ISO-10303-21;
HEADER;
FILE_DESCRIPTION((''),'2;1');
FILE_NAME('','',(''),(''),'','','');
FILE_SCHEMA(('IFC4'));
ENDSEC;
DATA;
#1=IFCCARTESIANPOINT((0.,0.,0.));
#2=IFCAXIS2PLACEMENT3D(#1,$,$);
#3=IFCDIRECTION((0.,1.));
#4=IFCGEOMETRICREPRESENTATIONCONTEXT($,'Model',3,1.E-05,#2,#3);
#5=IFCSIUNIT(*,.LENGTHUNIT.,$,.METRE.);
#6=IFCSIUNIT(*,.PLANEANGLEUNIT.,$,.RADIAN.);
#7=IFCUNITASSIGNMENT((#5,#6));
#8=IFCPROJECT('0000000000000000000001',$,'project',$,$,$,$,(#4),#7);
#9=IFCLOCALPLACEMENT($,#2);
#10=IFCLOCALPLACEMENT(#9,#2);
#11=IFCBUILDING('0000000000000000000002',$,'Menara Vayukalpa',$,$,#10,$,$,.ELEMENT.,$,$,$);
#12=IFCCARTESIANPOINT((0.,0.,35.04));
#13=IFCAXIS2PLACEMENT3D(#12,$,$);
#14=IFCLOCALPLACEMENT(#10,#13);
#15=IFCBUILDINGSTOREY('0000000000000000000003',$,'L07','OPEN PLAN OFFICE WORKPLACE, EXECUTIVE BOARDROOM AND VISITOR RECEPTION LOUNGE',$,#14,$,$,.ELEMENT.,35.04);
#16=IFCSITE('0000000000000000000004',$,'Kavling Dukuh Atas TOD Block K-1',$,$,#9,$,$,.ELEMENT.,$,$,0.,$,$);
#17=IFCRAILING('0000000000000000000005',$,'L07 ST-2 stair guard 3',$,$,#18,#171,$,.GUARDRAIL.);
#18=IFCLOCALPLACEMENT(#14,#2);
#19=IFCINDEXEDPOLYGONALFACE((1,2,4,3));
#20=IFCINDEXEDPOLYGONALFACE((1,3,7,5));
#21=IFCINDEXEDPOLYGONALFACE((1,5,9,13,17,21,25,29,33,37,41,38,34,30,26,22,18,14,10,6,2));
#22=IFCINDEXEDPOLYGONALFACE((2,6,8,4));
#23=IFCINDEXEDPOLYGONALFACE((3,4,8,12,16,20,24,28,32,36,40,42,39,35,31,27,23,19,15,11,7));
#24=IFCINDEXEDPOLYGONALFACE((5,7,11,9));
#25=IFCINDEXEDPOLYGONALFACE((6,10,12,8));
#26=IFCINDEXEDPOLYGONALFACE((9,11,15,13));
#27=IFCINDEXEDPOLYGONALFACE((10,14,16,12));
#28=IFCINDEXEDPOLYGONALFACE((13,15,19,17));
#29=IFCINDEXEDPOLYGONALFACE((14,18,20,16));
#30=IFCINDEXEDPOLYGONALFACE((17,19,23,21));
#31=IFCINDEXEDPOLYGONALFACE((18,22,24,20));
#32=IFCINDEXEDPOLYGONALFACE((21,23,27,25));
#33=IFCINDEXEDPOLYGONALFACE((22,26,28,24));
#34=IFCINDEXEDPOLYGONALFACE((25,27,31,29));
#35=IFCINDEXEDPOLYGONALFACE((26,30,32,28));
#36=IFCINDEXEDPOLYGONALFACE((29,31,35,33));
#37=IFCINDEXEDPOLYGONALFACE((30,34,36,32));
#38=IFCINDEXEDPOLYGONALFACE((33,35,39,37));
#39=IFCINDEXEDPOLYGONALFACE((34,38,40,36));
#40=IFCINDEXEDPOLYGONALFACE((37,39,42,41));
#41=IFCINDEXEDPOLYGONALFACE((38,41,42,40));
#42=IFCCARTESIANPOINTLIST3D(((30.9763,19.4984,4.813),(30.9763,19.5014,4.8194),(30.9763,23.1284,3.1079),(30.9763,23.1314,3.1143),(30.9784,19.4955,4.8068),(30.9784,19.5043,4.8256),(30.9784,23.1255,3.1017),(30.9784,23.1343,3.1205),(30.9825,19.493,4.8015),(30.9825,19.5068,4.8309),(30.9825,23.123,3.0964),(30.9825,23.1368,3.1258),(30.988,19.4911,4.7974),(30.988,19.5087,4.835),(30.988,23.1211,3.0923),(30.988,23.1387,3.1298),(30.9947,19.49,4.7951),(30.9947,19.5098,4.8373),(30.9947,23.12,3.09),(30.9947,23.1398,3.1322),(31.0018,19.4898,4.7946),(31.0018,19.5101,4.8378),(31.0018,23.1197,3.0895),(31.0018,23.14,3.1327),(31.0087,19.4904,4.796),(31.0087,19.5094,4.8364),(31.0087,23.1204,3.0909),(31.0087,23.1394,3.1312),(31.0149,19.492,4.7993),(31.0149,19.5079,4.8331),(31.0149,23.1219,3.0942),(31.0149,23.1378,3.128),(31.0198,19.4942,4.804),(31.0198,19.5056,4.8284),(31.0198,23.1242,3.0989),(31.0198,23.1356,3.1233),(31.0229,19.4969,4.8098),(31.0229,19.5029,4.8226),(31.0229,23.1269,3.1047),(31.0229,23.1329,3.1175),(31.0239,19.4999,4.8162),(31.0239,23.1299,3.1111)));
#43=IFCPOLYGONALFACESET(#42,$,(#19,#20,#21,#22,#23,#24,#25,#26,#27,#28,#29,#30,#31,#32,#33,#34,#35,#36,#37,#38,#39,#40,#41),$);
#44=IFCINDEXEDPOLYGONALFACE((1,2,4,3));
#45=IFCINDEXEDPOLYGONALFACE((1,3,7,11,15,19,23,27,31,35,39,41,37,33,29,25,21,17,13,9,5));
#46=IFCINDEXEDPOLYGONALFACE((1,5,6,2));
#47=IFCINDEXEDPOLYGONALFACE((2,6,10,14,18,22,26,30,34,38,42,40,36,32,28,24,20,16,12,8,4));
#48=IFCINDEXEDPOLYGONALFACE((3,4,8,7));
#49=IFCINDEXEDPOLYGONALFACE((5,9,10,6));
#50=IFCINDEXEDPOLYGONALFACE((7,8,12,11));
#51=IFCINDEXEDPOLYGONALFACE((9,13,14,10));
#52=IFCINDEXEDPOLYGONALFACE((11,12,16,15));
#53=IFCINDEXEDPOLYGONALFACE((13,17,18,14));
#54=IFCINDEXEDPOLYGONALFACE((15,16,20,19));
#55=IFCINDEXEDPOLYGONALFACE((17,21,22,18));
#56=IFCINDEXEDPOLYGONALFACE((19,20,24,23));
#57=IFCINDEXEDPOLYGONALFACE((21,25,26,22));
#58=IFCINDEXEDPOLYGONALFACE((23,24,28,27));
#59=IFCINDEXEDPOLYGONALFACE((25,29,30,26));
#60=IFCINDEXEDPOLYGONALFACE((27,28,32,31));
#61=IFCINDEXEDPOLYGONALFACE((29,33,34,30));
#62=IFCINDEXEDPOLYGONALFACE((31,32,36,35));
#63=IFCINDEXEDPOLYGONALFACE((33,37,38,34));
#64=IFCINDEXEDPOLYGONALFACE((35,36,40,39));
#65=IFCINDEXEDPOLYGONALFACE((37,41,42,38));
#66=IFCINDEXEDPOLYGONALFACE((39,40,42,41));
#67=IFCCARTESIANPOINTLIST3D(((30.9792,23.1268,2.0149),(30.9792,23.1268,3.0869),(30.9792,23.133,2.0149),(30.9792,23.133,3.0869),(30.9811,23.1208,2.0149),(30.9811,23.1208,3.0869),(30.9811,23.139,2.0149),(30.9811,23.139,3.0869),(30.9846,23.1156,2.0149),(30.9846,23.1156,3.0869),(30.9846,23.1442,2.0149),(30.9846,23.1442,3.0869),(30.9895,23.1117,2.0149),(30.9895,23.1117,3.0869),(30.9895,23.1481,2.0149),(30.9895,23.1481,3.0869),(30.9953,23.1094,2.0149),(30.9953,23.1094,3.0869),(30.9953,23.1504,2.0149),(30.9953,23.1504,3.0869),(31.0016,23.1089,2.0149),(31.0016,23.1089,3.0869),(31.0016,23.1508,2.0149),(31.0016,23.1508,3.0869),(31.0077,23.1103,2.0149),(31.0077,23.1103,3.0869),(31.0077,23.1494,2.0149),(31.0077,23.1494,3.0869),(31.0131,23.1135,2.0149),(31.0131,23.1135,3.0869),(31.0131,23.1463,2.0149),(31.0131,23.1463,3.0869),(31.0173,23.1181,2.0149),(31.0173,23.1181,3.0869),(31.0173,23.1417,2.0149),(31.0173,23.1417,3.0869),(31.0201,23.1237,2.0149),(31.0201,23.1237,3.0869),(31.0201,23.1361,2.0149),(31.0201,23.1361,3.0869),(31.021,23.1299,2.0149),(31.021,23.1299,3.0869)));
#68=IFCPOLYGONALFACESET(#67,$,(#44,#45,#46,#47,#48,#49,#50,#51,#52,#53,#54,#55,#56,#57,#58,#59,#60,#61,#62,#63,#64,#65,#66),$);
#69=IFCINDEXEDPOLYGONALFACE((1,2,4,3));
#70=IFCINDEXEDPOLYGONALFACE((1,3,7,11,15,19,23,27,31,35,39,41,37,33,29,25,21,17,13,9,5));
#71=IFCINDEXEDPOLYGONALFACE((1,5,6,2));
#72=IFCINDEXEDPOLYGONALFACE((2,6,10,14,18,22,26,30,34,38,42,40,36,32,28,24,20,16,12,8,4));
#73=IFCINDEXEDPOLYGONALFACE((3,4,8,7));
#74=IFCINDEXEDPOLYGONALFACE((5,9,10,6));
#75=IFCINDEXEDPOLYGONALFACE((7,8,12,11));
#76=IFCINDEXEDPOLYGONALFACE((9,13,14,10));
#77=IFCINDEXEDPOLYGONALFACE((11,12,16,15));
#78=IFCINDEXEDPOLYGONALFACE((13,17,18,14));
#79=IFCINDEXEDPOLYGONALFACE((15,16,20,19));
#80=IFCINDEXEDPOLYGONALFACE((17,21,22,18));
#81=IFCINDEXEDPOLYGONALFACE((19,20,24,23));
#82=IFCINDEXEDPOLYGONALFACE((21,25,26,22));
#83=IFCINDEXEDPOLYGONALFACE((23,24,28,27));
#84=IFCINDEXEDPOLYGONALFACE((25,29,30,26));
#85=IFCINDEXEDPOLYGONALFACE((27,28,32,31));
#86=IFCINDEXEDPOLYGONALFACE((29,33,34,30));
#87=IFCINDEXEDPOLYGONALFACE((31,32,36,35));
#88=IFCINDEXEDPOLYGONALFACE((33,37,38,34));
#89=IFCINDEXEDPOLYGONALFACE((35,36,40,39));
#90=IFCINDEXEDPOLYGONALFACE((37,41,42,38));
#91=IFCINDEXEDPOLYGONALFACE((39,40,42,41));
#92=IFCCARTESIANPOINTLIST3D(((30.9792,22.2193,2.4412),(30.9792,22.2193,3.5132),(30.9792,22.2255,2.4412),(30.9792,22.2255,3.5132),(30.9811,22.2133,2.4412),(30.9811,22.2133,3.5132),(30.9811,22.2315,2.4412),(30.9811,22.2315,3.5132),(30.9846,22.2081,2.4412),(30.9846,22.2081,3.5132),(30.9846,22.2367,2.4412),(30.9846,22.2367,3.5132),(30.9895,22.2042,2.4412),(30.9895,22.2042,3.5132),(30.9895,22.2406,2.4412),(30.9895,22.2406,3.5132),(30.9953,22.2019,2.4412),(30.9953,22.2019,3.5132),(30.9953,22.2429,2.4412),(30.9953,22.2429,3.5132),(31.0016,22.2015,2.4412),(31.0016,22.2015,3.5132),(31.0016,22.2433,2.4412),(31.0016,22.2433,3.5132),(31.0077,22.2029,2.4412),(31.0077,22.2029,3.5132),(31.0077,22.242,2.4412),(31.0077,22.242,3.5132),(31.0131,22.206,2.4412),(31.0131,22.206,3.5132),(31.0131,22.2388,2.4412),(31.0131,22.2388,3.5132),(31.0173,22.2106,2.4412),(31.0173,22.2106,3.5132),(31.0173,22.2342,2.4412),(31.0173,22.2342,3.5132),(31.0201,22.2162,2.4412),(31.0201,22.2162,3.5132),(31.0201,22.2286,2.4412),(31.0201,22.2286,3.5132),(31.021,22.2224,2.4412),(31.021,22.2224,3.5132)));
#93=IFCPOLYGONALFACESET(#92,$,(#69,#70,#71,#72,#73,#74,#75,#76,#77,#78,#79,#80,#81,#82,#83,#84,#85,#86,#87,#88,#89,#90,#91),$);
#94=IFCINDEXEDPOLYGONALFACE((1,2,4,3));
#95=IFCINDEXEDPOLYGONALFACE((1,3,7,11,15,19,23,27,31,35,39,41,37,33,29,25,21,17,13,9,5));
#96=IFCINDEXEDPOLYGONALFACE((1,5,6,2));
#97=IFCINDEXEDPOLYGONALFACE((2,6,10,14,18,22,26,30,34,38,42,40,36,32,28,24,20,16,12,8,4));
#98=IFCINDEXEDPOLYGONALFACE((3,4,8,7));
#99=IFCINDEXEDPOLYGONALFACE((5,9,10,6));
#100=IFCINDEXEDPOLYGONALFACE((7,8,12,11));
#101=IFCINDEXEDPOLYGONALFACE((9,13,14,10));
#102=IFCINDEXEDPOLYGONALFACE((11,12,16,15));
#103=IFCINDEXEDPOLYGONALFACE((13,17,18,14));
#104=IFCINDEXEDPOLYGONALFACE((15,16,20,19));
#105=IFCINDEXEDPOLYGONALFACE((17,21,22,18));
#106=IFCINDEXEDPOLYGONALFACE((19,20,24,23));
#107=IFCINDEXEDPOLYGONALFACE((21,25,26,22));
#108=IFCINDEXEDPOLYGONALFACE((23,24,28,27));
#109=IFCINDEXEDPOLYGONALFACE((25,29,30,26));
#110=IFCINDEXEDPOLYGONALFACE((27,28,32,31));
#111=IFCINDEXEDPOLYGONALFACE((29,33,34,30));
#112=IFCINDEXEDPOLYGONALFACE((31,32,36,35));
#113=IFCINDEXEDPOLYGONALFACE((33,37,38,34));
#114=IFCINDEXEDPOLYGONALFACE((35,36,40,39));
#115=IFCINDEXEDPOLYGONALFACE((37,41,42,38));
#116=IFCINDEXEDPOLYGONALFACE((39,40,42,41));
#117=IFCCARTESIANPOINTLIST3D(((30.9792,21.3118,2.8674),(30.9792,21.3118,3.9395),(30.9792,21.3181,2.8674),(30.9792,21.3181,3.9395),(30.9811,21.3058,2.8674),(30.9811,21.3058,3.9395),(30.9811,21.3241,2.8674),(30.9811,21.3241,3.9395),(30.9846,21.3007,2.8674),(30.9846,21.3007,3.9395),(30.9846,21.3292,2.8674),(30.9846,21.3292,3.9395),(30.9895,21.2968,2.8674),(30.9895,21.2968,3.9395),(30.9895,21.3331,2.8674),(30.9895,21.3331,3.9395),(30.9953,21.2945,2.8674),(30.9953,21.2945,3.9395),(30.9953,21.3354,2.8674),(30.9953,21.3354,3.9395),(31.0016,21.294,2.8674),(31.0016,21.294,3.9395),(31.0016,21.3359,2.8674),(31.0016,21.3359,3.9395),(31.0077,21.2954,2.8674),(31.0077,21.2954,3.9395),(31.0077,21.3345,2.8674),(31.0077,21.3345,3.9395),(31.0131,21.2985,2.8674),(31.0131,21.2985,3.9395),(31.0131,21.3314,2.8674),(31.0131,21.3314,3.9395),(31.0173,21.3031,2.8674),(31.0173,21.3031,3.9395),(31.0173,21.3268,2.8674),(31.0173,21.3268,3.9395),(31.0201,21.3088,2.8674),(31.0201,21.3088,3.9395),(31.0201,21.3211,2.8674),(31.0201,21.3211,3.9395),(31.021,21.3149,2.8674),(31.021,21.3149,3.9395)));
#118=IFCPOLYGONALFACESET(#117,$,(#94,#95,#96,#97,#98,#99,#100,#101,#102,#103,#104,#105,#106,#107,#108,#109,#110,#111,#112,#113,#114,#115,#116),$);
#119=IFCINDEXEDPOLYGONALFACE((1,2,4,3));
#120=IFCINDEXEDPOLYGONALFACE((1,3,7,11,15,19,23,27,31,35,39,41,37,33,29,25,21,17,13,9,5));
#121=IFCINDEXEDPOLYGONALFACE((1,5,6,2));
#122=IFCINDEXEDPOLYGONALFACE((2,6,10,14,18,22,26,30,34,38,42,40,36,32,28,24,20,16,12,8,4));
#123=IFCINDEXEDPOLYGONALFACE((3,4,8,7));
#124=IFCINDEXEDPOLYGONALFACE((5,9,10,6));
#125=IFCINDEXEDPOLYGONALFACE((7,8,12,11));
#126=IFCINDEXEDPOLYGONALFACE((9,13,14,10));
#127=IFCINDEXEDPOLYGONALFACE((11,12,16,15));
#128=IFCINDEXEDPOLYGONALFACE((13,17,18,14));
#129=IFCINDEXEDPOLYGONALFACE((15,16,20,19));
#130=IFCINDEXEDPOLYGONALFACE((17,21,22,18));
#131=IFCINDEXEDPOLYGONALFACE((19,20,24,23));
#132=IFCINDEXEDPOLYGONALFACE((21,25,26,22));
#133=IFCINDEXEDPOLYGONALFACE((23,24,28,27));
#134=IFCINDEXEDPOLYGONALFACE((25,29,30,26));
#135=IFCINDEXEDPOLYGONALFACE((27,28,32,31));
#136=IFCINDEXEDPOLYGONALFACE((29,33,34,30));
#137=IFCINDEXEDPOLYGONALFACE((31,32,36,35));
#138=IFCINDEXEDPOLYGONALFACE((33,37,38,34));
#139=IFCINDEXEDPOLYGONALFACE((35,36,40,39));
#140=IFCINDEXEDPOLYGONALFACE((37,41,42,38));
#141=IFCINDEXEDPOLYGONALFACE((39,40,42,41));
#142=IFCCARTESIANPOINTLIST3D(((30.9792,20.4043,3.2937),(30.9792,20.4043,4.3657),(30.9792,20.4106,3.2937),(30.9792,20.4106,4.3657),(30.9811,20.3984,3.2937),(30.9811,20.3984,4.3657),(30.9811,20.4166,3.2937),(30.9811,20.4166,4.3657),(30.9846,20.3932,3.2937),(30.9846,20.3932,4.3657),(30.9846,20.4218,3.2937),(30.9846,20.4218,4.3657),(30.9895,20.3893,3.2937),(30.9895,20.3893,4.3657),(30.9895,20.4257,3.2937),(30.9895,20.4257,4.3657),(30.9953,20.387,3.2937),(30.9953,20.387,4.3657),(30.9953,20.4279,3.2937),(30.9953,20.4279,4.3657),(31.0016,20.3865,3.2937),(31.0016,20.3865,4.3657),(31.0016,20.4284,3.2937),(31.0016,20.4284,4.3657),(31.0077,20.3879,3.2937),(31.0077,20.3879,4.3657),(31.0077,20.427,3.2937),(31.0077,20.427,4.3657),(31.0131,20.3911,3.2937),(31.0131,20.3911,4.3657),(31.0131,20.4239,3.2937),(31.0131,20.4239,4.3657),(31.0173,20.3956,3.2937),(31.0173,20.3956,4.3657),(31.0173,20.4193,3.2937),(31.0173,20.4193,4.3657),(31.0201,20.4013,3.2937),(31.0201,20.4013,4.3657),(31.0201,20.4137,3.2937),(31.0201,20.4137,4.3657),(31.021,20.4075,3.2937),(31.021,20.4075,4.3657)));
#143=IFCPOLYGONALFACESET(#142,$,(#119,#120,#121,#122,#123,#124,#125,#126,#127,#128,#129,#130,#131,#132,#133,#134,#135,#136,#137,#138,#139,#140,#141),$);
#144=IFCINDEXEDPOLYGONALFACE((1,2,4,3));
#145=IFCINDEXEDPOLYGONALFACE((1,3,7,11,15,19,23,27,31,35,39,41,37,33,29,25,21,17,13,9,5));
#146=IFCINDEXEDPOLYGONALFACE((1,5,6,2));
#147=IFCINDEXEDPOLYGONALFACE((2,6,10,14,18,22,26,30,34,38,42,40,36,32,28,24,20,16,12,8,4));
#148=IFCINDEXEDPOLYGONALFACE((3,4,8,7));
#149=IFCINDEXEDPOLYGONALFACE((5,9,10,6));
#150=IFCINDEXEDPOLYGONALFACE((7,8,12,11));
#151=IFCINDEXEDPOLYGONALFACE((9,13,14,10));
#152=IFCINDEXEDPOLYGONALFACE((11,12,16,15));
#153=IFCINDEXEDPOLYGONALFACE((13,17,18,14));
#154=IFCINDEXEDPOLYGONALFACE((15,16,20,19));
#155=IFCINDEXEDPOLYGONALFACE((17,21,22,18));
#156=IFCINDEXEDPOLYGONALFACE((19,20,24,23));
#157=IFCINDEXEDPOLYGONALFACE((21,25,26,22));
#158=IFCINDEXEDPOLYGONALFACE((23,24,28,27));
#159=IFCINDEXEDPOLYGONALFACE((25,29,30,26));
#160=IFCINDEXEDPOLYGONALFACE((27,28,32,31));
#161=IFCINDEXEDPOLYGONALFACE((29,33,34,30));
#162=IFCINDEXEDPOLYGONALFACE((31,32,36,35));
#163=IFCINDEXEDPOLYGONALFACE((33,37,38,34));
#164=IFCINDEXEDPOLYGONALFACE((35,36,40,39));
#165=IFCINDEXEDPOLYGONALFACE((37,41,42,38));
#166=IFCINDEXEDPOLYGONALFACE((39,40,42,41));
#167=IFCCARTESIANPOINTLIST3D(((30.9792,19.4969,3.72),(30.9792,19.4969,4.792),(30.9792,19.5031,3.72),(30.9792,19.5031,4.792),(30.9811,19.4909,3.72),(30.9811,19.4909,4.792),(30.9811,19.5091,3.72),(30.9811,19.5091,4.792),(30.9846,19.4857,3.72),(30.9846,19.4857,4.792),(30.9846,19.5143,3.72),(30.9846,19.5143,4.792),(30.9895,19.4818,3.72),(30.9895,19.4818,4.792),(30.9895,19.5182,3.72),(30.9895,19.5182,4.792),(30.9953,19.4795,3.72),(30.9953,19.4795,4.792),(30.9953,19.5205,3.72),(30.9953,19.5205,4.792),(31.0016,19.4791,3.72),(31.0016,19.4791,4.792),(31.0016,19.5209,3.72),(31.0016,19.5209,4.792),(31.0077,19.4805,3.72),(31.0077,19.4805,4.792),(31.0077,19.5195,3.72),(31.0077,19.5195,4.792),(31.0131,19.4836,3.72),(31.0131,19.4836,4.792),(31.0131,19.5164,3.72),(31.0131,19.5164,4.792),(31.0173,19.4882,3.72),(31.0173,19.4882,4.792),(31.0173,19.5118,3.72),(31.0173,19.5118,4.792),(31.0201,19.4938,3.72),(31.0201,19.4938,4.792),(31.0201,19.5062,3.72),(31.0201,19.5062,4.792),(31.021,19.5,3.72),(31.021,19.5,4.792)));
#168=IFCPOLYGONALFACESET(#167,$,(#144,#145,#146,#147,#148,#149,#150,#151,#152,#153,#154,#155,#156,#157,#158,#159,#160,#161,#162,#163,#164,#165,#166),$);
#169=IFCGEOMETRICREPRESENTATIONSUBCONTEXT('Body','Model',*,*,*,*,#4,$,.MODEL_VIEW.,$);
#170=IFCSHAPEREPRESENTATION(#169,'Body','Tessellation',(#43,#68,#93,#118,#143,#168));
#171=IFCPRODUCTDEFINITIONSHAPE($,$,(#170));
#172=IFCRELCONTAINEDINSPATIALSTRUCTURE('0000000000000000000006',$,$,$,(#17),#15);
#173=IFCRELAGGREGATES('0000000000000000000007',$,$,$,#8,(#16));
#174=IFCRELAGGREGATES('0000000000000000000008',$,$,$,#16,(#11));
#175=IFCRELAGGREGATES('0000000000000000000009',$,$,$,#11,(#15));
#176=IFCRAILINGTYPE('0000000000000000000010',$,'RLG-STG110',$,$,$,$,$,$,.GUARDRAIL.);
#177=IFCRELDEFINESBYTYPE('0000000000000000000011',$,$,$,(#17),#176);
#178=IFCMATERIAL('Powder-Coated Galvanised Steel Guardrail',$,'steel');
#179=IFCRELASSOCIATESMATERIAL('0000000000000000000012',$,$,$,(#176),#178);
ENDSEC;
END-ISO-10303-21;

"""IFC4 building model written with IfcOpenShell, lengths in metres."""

from ifc_helpers import new_model, si_unit, direction, frame, origin, origin_2d, place, context, subcontext, project, spatial, circle, extrude, material, type_object, element, save


model = new_model("IFC4")

# Units and contexts
model_context = context("Model", 3, precision=1e-05, world=origin(), true_north=direction((0.0, 1.0)))
body_context = subcontext(model_context, "Body", "Model", "MODEL_VIEW")
ifc_project = project(units=[si_unit("LENGTHUNIT", "METRE"), si_unit("PLANEANGLEUNIT", "RADIAN")], contexts=[model_context])

# Site, building, storey
site_placement = place(None, origin())
site = spatial("IfcSite", under=ifc_project, at=site_placement, Name="Kavling Dukuh Atas TOD Block K-1", CompositionType="ELEMENT", RefElevation=0.0)
building_placement = place(site_placement, origin())
building = spatial("IfcBuilding", under=site, at=building_placement, Name="Menara Vayukalpa", CompositionType="ELEMENT")
storey_placement = place(building_placement, frame((0.0, 0.0, 35.04)))
storey = spatial("IfcBuildingStorey", under=building, at=storey_placement, Name="L07", Description="OPEN PLAN OFFICE WORKPLACE, EXECUTIVE BOARDROOM AND VISITOR RECEPTION LOUNGE", CompositionType="ELEMENT", Elevation=35.04)

# Railing
ifc_material_1 = material(Name="Powder-Coated Galvanised Steel Guardrail", Category="steel")
railing_type_1 = type_object("IfcRailingType", Name="RLG-STG110", PredefinedType="GUARDRAIL", material=ifc_material_1)
railing_1_placement = place(storey_placement, frame((31.0, 23.1299, 2.0149)))
element("IfcRailing", 1, at=railing_1_placement, inside=storey, type_object=railing_type_1, Name="L07 ST-2 stair guard 3", PredefinedType="GUARDRAIL", context=body_context, shape_type="SweptSolid", body=[
    extrude(circle(Radius=0.0239, at=origin_2d()), frame((0.0, 0.0, 1.0962), z_axis=(0.0, -0.905116, 0.425164), x_axis=(1.0, 0.0, 0.0)), (0.0, 0.0, 1.0), 4.0105),
    extrude(circle(Radius=0.021, at=origin_2d()), origin(), (0.0, 0.0, 1.0), 1.072),
    extrude(circle(Radius=0.021, at=origin_2d()), frame((0.0, -0.9075, 0.4263)), (0.0, 0.0, 1.0), 1.072),
    extrude(circle(Radius=0.021, at=origin_2d()), frame((0.0, -1.8149, 0.8525)), (0.0, 0.0, 1.0), 1.072),
    extrude(circle(Radius=0.021, at=origin_2d()), frame((0.0, -2.7224, 1.2788)), (0.0, 0.0, 1.0), 1.072),
    extrude(circle(Radius=0.021, at=origin_2d()), frame((0.0, -3.6299, 1.7051)), (0.0, 0.0, 1.0), 1.072),
])

save(model, "model.ifc")
